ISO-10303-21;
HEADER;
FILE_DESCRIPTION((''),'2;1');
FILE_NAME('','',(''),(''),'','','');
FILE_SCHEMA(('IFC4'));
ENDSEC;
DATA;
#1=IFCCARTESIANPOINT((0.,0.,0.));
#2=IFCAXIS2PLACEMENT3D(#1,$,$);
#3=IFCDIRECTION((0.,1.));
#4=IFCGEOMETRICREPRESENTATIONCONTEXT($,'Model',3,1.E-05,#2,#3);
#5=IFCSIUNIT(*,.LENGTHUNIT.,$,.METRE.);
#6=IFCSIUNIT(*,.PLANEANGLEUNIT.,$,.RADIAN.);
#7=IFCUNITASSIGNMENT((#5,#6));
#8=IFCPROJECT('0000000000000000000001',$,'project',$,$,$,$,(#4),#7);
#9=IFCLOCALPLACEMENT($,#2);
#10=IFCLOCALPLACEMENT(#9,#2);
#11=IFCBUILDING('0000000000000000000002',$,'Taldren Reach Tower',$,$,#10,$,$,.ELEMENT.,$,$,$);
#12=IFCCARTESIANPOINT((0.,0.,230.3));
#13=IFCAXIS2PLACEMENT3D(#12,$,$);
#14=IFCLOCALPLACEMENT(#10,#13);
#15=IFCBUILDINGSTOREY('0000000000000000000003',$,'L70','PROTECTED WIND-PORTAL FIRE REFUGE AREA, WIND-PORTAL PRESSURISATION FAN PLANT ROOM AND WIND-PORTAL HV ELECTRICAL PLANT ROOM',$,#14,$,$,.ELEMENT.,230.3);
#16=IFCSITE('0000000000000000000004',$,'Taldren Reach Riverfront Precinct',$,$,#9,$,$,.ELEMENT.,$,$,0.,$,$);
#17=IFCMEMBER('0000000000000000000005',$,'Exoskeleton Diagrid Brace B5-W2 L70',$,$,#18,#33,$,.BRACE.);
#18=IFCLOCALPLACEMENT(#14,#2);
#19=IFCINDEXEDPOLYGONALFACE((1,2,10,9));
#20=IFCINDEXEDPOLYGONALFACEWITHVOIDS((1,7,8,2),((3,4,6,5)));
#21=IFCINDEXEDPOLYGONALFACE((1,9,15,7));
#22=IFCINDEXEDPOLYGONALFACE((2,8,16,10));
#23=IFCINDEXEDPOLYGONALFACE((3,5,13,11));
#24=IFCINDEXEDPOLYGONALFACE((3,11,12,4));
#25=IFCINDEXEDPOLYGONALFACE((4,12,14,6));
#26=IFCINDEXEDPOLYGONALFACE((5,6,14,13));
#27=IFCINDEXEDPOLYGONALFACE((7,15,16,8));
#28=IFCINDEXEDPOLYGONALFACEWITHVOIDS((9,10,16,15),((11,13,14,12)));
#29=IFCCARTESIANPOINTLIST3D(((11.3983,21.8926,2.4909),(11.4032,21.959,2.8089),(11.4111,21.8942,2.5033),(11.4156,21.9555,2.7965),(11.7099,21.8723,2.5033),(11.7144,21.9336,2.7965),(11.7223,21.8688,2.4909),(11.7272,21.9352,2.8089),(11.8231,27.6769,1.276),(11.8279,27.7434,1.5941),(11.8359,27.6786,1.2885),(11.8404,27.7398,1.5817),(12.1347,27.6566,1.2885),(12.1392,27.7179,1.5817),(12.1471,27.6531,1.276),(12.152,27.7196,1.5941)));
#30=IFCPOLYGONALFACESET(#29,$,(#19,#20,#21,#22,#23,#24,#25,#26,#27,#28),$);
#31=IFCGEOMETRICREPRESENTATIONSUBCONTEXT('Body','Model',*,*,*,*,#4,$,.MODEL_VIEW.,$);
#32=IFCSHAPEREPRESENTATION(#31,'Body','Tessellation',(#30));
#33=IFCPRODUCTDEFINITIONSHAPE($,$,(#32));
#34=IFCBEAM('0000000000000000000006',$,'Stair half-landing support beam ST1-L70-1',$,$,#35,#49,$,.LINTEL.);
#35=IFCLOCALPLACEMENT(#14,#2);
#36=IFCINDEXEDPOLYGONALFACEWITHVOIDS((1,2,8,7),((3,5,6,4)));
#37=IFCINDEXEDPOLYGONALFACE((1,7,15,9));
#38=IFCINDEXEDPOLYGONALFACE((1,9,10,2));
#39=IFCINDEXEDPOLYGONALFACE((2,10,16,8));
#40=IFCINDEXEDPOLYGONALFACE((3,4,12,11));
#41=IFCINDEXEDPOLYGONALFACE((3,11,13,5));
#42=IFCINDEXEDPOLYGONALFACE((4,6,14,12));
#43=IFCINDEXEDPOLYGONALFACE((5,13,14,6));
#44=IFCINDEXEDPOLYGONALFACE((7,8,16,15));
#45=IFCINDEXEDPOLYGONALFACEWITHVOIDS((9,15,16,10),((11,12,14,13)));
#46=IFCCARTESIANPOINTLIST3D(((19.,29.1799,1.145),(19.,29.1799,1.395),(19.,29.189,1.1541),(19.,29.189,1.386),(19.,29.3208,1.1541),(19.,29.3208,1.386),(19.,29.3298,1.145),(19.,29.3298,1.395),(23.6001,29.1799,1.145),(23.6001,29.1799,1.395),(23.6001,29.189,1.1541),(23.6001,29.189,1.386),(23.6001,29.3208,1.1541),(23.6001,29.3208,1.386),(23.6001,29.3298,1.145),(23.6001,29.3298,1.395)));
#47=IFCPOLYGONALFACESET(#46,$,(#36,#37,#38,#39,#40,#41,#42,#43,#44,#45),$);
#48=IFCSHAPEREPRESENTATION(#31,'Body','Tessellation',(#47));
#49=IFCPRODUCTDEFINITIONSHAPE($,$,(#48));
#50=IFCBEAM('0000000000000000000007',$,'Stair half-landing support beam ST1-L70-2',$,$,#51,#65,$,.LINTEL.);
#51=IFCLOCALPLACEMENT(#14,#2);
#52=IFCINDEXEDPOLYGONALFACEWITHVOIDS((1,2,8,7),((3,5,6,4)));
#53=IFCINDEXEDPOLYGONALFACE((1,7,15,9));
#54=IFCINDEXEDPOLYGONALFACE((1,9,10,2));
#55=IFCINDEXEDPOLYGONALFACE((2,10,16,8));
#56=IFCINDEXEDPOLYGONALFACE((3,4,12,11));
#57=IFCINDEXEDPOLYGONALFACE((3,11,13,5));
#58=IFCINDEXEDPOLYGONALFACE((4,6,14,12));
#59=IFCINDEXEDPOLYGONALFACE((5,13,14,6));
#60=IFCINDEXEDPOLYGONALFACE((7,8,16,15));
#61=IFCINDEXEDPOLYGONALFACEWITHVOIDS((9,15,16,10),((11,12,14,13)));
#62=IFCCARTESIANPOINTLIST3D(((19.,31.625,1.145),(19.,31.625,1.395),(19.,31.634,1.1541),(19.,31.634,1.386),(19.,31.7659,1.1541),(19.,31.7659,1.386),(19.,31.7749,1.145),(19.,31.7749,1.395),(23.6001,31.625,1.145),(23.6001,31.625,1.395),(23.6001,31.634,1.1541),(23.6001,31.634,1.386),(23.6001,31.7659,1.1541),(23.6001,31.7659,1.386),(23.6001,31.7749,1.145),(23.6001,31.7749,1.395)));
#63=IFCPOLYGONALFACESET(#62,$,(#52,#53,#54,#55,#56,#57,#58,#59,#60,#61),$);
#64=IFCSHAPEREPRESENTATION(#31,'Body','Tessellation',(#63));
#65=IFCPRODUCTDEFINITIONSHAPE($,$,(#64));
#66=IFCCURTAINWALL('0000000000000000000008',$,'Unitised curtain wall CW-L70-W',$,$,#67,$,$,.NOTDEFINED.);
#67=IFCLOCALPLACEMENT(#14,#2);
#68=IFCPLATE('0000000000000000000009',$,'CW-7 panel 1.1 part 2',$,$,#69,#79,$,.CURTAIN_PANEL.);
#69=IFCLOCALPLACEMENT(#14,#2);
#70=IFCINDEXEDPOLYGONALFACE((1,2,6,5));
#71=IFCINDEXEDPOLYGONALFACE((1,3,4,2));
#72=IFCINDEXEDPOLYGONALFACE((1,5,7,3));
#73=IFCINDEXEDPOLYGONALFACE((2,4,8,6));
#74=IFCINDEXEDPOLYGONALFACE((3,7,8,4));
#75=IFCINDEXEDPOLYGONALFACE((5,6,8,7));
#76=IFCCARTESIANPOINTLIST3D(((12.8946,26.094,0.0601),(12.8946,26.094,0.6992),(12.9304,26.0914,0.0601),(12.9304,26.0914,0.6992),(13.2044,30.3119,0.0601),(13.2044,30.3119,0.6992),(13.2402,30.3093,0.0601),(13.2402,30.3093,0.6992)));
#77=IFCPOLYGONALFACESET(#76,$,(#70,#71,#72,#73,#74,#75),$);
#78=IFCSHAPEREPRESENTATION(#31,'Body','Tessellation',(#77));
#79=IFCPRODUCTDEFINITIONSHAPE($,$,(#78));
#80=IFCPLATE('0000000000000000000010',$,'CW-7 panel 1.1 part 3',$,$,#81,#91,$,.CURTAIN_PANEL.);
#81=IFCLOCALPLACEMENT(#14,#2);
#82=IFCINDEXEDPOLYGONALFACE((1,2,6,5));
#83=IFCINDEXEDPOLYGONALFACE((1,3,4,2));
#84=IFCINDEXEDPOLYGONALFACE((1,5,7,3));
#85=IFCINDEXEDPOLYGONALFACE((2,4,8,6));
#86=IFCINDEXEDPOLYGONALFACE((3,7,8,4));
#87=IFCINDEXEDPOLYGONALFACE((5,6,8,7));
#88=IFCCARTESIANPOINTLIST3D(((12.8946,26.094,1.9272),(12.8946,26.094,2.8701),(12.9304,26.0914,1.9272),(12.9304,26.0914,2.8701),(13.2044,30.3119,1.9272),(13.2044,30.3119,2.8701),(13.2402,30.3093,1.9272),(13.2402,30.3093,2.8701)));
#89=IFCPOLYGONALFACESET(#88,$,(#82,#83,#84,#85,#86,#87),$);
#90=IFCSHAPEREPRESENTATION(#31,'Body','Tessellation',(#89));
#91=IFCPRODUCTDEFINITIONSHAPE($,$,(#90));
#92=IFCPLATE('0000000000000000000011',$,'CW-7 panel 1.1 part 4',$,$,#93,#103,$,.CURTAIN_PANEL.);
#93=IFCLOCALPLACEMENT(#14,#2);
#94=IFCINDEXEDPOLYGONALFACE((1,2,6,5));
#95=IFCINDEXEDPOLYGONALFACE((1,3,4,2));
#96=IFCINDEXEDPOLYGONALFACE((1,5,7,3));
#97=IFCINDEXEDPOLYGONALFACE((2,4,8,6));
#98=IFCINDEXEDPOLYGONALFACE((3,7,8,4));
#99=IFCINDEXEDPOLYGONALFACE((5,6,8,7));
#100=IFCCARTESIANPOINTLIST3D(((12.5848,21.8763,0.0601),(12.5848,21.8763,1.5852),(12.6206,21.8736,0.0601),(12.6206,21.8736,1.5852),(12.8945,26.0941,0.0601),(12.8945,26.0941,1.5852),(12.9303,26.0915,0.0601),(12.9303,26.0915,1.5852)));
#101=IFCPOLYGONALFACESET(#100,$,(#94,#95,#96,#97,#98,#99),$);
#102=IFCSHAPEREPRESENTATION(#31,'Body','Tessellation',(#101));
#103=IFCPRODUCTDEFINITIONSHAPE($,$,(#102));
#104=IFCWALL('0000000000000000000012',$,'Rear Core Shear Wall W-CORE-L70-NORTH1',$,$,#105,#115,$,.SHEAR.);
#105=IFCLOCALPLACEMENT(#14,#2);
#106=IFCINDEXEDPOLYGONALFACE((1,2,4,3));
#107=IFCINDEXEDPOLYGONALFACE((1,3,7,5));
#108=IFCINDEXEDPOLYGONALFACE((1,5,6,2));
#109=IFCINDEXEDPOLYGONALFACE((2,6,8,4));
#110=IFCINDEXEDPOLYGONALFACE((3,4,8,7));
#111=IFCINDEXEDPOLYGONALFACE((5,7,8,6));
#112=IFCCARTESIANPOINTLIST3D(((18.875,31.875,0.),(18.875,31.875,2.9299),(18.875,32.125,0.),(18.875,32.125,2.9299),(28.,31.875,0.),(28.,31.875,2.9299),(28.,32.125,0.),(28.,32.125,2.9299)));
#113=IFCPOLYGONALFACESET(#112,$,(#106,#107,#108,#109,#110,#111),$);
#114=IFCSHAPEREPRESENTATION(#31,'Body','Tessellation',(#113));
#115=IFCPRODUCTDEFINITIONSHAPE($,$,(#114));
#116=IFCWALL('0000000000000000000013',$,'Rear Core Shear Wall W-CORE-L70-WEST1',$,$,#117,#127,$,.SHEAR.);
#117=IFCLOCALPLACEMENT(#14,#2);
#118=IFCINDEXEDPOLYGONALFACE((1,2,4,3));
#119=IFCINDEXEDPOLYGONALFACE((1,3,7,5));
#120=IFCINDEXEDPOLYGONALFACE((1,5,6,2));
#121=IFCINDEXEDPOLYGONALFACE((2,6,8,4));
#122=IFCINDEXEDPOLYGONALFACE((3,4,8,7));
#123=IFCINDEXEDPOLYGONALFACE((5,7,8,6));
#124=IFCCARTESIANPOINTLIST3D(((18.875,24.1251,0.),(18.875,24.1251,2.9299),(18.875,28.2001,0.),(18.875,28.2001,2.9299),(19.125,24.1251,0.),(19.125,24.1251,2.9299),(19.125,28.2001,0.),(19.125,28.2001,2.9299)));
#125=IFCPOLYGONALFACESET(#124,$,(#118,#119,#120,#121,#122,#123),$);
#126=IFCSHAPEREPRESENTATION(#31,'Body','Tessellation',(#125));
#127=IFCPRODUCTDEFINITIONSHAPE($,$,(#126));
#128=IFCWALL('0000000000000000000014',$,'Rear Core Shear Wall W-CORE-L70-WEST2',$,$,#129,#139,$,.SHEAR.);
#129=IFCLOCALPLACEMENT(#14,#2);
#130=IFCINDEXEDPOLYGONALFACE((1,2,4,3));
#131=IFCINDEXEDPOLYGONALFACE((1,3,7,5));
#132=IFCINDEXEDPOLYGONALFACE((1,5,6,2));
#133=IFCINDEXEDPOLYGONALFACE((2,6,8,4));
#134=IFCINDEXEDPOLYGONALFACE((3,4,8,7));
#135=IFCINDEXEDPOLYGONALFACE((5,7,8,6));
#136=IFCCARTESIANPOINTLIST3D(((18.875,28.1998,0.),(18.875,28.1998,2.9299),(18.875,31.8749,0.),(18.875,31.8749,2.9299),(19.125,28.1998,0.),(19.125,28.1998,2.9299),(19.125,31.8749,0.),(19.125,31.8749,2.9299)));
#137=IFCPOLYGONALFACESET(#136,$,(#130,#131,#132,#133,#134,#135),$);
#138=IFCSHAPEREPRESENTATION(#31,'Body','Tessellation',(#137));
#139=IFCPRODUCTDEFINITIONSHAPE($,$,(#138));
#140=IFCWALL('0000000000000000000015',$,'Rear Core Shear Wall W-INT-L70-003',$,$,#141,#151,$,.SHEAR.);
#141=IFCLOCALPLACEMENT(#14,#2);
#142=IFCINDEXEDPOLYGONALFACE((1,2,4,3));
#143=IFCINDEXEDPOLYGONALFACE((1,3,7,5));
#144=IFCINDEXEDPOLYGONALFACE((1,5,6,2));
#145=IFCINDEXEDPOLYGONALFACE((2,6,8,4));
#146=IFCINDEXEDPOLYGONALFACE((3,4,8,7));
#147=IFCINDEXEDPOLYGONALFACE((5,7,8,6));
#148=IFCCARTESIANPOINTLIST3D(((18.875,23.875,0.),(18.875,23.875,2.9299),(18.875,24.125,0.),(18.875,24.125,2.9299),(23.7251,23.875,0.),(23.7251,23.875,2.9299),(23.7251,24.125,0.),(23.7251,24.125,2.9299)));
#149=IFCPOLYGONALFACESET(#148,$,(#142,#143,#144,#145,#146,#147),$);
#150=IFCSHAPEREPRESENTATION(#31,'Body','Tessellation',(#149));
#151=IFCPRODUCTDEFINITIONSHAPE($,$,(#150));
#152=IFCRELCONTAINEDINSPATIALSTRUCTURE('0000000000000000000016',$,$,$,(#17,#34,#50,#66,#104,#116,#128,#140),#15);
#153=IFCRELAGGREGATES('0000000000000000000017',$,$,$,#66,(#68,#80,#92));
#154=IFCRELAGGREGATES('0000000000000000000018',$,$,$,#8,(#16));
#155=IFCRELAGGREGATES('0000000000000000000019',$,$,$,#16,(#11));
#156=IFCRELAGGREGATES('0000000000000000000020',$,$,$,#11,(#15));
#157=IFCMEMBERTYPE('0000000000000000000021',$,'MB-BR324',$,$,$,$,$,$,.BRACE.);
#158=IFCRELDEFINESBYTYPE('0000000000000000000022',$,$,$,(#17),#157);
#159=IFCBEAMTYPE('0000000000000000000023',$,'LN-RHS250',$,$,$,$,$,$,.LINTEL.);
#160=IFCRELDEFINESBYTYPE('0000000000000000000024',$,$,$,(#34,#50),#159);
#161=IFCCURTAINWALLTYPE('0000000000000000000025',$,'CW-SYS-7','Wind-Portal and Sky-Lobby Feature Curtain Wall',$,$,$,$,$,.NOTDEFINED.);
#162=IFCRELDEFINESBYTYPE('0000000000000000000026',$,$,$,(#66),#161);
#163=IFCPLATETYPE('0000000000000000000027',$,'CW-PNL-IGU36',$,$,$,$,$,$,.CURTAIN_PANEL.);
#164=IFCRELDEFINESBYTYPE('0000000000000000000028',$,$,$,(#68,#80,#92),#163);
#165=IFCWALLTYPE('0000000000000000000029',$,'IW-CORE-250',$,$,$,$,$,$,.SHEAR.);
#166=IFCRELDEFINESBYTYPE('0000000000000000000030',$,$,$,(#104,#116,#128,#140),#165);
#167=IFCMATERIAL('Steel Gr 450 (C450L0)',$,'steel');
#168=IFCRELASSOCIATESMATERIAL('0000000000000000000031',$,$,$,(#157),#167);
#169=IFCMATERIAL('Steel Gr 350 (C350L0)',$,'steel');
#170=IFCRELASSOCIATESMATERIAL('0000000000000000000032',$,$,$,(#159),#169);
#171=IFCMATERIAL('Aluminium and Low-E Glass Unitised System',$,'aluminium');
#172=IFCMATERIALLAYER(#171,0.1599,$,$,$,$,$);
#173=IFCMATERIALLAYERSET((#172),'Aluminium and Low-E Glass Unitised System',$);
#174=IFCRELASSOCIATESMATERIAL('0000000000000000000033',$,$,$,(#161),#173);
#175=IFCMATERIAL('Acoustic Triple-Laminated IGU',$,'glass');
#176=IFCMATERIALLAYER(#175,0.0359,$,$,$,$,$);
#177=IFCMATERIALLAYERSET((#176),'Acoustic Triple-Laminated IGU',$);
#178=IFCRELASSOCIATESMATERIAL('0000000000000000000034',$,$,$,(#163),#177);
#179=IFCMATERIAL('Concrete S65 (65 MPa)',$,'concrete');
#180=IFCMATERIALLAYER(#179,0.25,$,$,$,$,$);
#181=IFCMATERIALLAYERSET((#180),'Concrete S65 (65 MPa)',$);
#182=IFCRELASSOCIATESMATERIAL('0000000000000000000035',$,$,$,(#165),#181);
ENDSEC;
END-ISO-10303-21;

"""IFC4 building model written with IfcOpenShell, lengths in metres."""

from ifc_helpers import new_model, si_unit, direction, frame, frame_2d, origin, origin_2d, place, context, subcontext, project, spatial, rectangle, hollow_rectangle, extrude, source, transform, mapped, material, layer, layer_set, material_profile, profile_set, type_object, element, aggregate, save


model = new_model("IFC4")

# Units and contexts
model_context = context("Model", 3, precision=1e-05, world=origin(), true_north=direction((0.0, 1.0)))
body_context = subcontext(model_context, "Body", "Model", "MODEL_VIEW")
ifc_project = project(units=[si_unit("LENGTHUNIT", "METRE"), si_unit("PLANEANGLEUNIT", "RADIAN")], contexts=[model_context])

# Site, building, storey
site_placement = place(None, origin())
site = spatial("IfcSite", under=ifc_project, at=site_placement, Name="Taldren Reach Riverfront Precinct", CompositionType="ELEMENT", RefElevation=0.0)
building_placement = place(site_placement, origin())
building = spatial("IfcBuilding", under=site, at=building_placement, Name="Taldren Reach Tower", CompositionType="ELEMENT")
storey_placement = place(building_placement, frame((0.0, 0.0, 230.3)))
storey = spatial("IfcBuildingStorey", under=building, at=storey_placement, Name="L70", Description="PROTECTED WIND-PORTAL FIRE REFUGE AREA, WIND-PORTAL PRESSURISATION FAN PLANT ROOM AND WIND-PORTAL HV ELECTRICAL PLANT ROOM", CompositionType="ELEMENT", Elevation=230.3)

# Shared definitions
ifc_material_1 = material(Name="Steel Gr 450 (C450L0)", Category="steel")

# Member
ifc_material_profile_1 = material_profile(ifc_material_1, hollow_rectangle(XDim=0.325, YDim=0.325, WallThickness=0.0127, at=origin_2d()), Name="325x325x12.7SHS")
ifc_profile_set_1 = profile_set([ifc_material_profile_1], Name="Steel Gr 450 (C450L0)")
member_type = type_object("IfcMemberType", Name="MB-BR324", PredefinedType="BRACE", material=ifc_profile_set_1)
shared_shape_1 = source(origin(), body_context, "Body", "SweptSolid", [
    extrude(hollow_rectangle(XDim=0.325, YDim=0.325, WallThickness=0.0127, at=origin_2d()), origin(), (0.0, 0.0, 1.0), 5.9258),
])
member_placement = place(storey_placement, frame((11.9875, 27.6982, 1.4351), z_axis=(-0.071687, -0.976132, 0.205007), x_axis=(0.997314, -0.073242, 0.0)))
element("IfcMember", 1, at=member_placement, inside=storey, type_object=member_type, Name="Exoskeleton Diagrid Brace B5-W2 L70", PredefinedType="BRACE", context=body_context, shape_type="MappedRepresentation", body=[
    mapped(shared_shape_1, transform((0.0, 0.0, 0.0), scale=1.0)),
])

# Beams
ifc_material_2 = material(Name="Steel Gr 350 (C350L0)", Category="steel")
ifc_material_profile_2 = material_profile(ifc_material_2, hollow_rectangle(XDim=0.1499, YDim=0.25, WallThickness=0.009, at=origin_2d()), Name="250x150x9.0RHS")
ifc_profile_set_2 = profile_set([ifc_material_profile_2], Name="Steel Gr 350 (C350L0)")
beam_type_1 = type_object("IfcBeamType", Name="LN-RHS250", PredefinedType="LINTEL", material=ifc_profile_set_2)
shared_shape_2 = source(origin(), body_context, "Body", "SweptSolid", [
    extrude(hollow_rectangle(XDim=0.1499, YDim=0.25, WallThickness=0.009, at=origin_2d()), origin(), (0.0, 0.0, 1.0), 4.6001),
])
for number, where, z_axis, x_axis, name in (
    (2, (19.0, 29.2549, 1.27), (1.0, 0.0, 0.0), (0.0, 1.0, 0.0), "Stair half-landing support beam ST1-L70-1"),
    (3, (19.0, 31.7, 1.27), (1.0, 0.0, 0.0), (0.0, 1.0, 0.0), "Stair half-landing support beam ST1-L70-2"),
):
    element("IfcBeam", number, at=place(storey_placement, frame(where, z_axis=z_axis, x_axis=x_axis)), inside=storey, type_object=beam_type_1, Name=name, PredefinedType="LINTEL", context=body_context, shape_type="MappedRepresentation", body=[
        mapped(shared_shape_2, transform((0.0, 0.0, 0.0), scale=1.0)),
    ])

# Curtain wall, plates
ifc_material_3 = material(Name="Aluminium and Low-E Glass Unitised System", Category="aluminium")
ifc_layer_1 = layer(ifc_material_3, 0.1599)
ifc_layer_set_1 = layer_set([ifc_layer_1], Name="Aluminium and Low-E Glass Unitised System")
curtain_wall_type = type_object("IfcCurtainWallType", Name="CW-SYS-7", Description="Wind-Portal and Sky-Lobby Feature Curtain Wall", PredefinedType="NOTDEFINED", material=ifc_layer_set_1)
curtain_wall_placement = place(storey_placement, origin())
curtain_wall = element("IfcCurtainWall", 4, at=curtain_wall_placement, inside=storey, type_object=curtain_wall_type, Name="Unitised curtain wall CW-L70-W", PredefinedType="NOTDEFINED")
ifc_material_4 = material(Name="Acoustic Triple-Laminated IGU", Category="glass")
ifc_layer_2 = layer(ifc_material_4, 0.0359)
ifc_layer_set_2 = layer_set([ifc_layer_2], Name="Acoustic Triple-Laminated IGU")
plate_type = type_object("IfcPlateType", Name="CW-PNL-IGU36", PredefinedType="CURTAIN_PANEL", material=ifc_layer_set_2)
shared_shape_3 = source(origin(), body_context, "Body", "SweptSolid", [
    extrude(rectangle(XDim=4.2292, YDim=0.0359, at=origin_2d()), origin(), (0.0, 0.0, 1.0), 0.6392),
])
plate_1_placement = place(storey_placement, frame((13.0674, 28.2017, 0.0601), z_axis=(0.0, 0.0, 1.0), x_axis=(-0.073238, -0.997314, 0.0)))
plate_1 = element("IfcPlate", 5, at=plate_1_placement, type_object=plate_type, Name="CW-7 panel 1.1 part 2", PredefinedType="CURTAIN_PANEL", context=body_context, shape_type="MappedRepresentation", body=[
    mapped(shared_shape_3, transform((0.0, 0.0, 0.0), scale=1.0)),
])
shared_shape_4 = source(origin(), body_context, "Body", "SweptSolid", [
    extrude(rectangle(XDim=4.2292, YDim=0.0359, at=origin_2d()), origin(), (0.0, 0.0, 1.0), 0.9429),
])
plate_2_placement = place(storey_placement, frame((13.0674, 28.2017, 1.9272), z_axis=(0.0, 0.0, 1.0), x_axis=(-0.073238, -0.997314, 0.0)))
plate_2 = element("IfcPlate", 6, at=plate_2_placement, type_object=plate_type, Name="CW-7 panel 1.1 part 3", PredefinedType="CURTAIN_PANEL", context=body_context, shape_type="MappedRepresentation", body=[
    mapped(shared_shape_4, transform((0.0, 0.0, 0.0), scale=1.0)),
])
shared_shape_5 = source(origin(), body_context, "Body", "SweptSolid", [
    extrude(rectangle(XDim=4.2292, YDim=0.0359, at=origin_2d()), origin(), (0.0, 0.0, 1.0), 1.5251),
])
plate_3_placement = place(storey_placement, frame((12.7576, 23.9839, 0.0601), z_axis=(0.0, 0.0, 1.0), x_axis=(-0.073238, -0.997314, 0.0)))
plate_3 = element("IfcPlate", 7, at=plate_3_placement, type_object=plate_type, Name="CW-7 panel 1.1 part 4", PredefinedType="CURTAIN_PANEL", context=body_context, shape_type="MappedRepresentation", body=[
    mapped(shared_shape_5, transform((0.0, 0.0, 0.0), scale=1.0)),
])
aggregate(curtain_wall, [plate_1, plate_2, plate_3])

# Walls
ifc_material_5 = material(Name="Concrete S65 (65 MPa)", Category="concrete")
ifc_layer_3 = layer(ifc_material_5, 0.25)
ifc_layer_set_3 = layer_set([ifc_layer_3], Name="Concrete S65 (65 MPa)")
wall_type_1 = type_object("IfcWallType", Name="IW-CORE-250", PredefinedType="SHEAR", material=ifc_layer_set_3)
shared_shape_6 = source(origin(), body_context, "Body", "SweptSolid", [
    extrude(rectangle(XDim=9.125, YDim=0.25, at=frame_2d((4.5625, 0.0))), origin(), (0.0, 0.0, 1.0), 2.9299),
])
wall_1_placement = place(storey_placement, frame((18.875, 32.0, 0.0), z_axis=(0.0, 0.0, 1.0), x_axis=(1.0, 0.0, 0.0)))
element("IfcWall", 8, at=wall_1_placement, inside=storey, type_object=wall_type_1, Name="Rear Core Shear Wall W-CORE-L70-NORTH1", PredefinedType="SHEAR", context=body_context, shape_type="MappedRepresentation", body=[
    mapped(shared_shape_6, transform((0.0, 0.0, 0.0), scale=1.0)),
])
shared_shape_7 = source(origin(), body_context, "Body", "SweptSolid", [
    extrude(rectangle(XDim=4.075, YDim=0.25, at=frame_2d((2.0376, 0.0))), origin(), (0.0, 0.0, 1.0), 2.9299),
])
wall_2_placement = place(storey_placement, frame((19.0, 24.125, 0.0), z_axis=(0.0, 0.0, 1.0), x_axis=(0.0, 1.0, 0.0)))
element("IfcWall", 9, at=wall_2_placement, inside=storey, type_object=wall_type_1, Name="Rear Core Shear Wall W-CORE-L70-WEST1", PredefinedType="SHEAR", context=body_context, shape_type="MappedRepresentation", body=[
    mapped(shared_shape_7, transform((0.0, 0.0, 0.0), scale=1.0)),
])
shared_shape_8 = source(origin(), body_context, "Body", "SweptSolid", [
    extrude(rectangle(XDim=3.675, YDim=0.25, at=frame_2d((1.8374, 0.0))), origin(), (0.0, 0.0, 1.0), 2.9299),
])
wall_3_placement = place(storey_placement, frame((19.0, 28.2, 0.0), z_axis=(0.0, 0.0, 1.0), x_axis=(0.0, 1.0, 0.0)))
element("IfcWall", 10, at=wall_3_placement, inside=storey, type_object=wall_type_1, Name="Rear Core Shear Wall W-CORE-L70-WEST2", PredefinedType="SHEAR", context=body_context, shape_type="MappedRepresentation", body=[
    mapped(shared_shape_8, transform((0.0, 0.0, 0.0), scale=1.0)),
])
shared_shape_9 = source(origin(), body_context, "Body", "SweptSolid", [
    extrude(rectangle(XDim=4.8501, YDim=0.25, at=frame_2d((2.425, 0.0))), origin(), (0.0, 0.0, 1.0), 2.9299),
])
wall_4_placement = place(storey_placement, frame((18.875, 24.0, 0.0), z_axis=(0.0, 0.0, 1.0), x_axis=(1.0, 0.0, 0.0)))
element("IfcWall", 11, at=wall_4_placement, inside=storey, type_object=wall_type_1, Name="Rear Core Shear Wall W-INT-L70-003", PredefinedType="SHEAR", context=body_context, shape_type="MappedRepresentation", body=[
    mapped(shared_shape_9, transform((0.0, 0.0, 0.0), scale=1.0)),
])

save(model, "model.ifc")
